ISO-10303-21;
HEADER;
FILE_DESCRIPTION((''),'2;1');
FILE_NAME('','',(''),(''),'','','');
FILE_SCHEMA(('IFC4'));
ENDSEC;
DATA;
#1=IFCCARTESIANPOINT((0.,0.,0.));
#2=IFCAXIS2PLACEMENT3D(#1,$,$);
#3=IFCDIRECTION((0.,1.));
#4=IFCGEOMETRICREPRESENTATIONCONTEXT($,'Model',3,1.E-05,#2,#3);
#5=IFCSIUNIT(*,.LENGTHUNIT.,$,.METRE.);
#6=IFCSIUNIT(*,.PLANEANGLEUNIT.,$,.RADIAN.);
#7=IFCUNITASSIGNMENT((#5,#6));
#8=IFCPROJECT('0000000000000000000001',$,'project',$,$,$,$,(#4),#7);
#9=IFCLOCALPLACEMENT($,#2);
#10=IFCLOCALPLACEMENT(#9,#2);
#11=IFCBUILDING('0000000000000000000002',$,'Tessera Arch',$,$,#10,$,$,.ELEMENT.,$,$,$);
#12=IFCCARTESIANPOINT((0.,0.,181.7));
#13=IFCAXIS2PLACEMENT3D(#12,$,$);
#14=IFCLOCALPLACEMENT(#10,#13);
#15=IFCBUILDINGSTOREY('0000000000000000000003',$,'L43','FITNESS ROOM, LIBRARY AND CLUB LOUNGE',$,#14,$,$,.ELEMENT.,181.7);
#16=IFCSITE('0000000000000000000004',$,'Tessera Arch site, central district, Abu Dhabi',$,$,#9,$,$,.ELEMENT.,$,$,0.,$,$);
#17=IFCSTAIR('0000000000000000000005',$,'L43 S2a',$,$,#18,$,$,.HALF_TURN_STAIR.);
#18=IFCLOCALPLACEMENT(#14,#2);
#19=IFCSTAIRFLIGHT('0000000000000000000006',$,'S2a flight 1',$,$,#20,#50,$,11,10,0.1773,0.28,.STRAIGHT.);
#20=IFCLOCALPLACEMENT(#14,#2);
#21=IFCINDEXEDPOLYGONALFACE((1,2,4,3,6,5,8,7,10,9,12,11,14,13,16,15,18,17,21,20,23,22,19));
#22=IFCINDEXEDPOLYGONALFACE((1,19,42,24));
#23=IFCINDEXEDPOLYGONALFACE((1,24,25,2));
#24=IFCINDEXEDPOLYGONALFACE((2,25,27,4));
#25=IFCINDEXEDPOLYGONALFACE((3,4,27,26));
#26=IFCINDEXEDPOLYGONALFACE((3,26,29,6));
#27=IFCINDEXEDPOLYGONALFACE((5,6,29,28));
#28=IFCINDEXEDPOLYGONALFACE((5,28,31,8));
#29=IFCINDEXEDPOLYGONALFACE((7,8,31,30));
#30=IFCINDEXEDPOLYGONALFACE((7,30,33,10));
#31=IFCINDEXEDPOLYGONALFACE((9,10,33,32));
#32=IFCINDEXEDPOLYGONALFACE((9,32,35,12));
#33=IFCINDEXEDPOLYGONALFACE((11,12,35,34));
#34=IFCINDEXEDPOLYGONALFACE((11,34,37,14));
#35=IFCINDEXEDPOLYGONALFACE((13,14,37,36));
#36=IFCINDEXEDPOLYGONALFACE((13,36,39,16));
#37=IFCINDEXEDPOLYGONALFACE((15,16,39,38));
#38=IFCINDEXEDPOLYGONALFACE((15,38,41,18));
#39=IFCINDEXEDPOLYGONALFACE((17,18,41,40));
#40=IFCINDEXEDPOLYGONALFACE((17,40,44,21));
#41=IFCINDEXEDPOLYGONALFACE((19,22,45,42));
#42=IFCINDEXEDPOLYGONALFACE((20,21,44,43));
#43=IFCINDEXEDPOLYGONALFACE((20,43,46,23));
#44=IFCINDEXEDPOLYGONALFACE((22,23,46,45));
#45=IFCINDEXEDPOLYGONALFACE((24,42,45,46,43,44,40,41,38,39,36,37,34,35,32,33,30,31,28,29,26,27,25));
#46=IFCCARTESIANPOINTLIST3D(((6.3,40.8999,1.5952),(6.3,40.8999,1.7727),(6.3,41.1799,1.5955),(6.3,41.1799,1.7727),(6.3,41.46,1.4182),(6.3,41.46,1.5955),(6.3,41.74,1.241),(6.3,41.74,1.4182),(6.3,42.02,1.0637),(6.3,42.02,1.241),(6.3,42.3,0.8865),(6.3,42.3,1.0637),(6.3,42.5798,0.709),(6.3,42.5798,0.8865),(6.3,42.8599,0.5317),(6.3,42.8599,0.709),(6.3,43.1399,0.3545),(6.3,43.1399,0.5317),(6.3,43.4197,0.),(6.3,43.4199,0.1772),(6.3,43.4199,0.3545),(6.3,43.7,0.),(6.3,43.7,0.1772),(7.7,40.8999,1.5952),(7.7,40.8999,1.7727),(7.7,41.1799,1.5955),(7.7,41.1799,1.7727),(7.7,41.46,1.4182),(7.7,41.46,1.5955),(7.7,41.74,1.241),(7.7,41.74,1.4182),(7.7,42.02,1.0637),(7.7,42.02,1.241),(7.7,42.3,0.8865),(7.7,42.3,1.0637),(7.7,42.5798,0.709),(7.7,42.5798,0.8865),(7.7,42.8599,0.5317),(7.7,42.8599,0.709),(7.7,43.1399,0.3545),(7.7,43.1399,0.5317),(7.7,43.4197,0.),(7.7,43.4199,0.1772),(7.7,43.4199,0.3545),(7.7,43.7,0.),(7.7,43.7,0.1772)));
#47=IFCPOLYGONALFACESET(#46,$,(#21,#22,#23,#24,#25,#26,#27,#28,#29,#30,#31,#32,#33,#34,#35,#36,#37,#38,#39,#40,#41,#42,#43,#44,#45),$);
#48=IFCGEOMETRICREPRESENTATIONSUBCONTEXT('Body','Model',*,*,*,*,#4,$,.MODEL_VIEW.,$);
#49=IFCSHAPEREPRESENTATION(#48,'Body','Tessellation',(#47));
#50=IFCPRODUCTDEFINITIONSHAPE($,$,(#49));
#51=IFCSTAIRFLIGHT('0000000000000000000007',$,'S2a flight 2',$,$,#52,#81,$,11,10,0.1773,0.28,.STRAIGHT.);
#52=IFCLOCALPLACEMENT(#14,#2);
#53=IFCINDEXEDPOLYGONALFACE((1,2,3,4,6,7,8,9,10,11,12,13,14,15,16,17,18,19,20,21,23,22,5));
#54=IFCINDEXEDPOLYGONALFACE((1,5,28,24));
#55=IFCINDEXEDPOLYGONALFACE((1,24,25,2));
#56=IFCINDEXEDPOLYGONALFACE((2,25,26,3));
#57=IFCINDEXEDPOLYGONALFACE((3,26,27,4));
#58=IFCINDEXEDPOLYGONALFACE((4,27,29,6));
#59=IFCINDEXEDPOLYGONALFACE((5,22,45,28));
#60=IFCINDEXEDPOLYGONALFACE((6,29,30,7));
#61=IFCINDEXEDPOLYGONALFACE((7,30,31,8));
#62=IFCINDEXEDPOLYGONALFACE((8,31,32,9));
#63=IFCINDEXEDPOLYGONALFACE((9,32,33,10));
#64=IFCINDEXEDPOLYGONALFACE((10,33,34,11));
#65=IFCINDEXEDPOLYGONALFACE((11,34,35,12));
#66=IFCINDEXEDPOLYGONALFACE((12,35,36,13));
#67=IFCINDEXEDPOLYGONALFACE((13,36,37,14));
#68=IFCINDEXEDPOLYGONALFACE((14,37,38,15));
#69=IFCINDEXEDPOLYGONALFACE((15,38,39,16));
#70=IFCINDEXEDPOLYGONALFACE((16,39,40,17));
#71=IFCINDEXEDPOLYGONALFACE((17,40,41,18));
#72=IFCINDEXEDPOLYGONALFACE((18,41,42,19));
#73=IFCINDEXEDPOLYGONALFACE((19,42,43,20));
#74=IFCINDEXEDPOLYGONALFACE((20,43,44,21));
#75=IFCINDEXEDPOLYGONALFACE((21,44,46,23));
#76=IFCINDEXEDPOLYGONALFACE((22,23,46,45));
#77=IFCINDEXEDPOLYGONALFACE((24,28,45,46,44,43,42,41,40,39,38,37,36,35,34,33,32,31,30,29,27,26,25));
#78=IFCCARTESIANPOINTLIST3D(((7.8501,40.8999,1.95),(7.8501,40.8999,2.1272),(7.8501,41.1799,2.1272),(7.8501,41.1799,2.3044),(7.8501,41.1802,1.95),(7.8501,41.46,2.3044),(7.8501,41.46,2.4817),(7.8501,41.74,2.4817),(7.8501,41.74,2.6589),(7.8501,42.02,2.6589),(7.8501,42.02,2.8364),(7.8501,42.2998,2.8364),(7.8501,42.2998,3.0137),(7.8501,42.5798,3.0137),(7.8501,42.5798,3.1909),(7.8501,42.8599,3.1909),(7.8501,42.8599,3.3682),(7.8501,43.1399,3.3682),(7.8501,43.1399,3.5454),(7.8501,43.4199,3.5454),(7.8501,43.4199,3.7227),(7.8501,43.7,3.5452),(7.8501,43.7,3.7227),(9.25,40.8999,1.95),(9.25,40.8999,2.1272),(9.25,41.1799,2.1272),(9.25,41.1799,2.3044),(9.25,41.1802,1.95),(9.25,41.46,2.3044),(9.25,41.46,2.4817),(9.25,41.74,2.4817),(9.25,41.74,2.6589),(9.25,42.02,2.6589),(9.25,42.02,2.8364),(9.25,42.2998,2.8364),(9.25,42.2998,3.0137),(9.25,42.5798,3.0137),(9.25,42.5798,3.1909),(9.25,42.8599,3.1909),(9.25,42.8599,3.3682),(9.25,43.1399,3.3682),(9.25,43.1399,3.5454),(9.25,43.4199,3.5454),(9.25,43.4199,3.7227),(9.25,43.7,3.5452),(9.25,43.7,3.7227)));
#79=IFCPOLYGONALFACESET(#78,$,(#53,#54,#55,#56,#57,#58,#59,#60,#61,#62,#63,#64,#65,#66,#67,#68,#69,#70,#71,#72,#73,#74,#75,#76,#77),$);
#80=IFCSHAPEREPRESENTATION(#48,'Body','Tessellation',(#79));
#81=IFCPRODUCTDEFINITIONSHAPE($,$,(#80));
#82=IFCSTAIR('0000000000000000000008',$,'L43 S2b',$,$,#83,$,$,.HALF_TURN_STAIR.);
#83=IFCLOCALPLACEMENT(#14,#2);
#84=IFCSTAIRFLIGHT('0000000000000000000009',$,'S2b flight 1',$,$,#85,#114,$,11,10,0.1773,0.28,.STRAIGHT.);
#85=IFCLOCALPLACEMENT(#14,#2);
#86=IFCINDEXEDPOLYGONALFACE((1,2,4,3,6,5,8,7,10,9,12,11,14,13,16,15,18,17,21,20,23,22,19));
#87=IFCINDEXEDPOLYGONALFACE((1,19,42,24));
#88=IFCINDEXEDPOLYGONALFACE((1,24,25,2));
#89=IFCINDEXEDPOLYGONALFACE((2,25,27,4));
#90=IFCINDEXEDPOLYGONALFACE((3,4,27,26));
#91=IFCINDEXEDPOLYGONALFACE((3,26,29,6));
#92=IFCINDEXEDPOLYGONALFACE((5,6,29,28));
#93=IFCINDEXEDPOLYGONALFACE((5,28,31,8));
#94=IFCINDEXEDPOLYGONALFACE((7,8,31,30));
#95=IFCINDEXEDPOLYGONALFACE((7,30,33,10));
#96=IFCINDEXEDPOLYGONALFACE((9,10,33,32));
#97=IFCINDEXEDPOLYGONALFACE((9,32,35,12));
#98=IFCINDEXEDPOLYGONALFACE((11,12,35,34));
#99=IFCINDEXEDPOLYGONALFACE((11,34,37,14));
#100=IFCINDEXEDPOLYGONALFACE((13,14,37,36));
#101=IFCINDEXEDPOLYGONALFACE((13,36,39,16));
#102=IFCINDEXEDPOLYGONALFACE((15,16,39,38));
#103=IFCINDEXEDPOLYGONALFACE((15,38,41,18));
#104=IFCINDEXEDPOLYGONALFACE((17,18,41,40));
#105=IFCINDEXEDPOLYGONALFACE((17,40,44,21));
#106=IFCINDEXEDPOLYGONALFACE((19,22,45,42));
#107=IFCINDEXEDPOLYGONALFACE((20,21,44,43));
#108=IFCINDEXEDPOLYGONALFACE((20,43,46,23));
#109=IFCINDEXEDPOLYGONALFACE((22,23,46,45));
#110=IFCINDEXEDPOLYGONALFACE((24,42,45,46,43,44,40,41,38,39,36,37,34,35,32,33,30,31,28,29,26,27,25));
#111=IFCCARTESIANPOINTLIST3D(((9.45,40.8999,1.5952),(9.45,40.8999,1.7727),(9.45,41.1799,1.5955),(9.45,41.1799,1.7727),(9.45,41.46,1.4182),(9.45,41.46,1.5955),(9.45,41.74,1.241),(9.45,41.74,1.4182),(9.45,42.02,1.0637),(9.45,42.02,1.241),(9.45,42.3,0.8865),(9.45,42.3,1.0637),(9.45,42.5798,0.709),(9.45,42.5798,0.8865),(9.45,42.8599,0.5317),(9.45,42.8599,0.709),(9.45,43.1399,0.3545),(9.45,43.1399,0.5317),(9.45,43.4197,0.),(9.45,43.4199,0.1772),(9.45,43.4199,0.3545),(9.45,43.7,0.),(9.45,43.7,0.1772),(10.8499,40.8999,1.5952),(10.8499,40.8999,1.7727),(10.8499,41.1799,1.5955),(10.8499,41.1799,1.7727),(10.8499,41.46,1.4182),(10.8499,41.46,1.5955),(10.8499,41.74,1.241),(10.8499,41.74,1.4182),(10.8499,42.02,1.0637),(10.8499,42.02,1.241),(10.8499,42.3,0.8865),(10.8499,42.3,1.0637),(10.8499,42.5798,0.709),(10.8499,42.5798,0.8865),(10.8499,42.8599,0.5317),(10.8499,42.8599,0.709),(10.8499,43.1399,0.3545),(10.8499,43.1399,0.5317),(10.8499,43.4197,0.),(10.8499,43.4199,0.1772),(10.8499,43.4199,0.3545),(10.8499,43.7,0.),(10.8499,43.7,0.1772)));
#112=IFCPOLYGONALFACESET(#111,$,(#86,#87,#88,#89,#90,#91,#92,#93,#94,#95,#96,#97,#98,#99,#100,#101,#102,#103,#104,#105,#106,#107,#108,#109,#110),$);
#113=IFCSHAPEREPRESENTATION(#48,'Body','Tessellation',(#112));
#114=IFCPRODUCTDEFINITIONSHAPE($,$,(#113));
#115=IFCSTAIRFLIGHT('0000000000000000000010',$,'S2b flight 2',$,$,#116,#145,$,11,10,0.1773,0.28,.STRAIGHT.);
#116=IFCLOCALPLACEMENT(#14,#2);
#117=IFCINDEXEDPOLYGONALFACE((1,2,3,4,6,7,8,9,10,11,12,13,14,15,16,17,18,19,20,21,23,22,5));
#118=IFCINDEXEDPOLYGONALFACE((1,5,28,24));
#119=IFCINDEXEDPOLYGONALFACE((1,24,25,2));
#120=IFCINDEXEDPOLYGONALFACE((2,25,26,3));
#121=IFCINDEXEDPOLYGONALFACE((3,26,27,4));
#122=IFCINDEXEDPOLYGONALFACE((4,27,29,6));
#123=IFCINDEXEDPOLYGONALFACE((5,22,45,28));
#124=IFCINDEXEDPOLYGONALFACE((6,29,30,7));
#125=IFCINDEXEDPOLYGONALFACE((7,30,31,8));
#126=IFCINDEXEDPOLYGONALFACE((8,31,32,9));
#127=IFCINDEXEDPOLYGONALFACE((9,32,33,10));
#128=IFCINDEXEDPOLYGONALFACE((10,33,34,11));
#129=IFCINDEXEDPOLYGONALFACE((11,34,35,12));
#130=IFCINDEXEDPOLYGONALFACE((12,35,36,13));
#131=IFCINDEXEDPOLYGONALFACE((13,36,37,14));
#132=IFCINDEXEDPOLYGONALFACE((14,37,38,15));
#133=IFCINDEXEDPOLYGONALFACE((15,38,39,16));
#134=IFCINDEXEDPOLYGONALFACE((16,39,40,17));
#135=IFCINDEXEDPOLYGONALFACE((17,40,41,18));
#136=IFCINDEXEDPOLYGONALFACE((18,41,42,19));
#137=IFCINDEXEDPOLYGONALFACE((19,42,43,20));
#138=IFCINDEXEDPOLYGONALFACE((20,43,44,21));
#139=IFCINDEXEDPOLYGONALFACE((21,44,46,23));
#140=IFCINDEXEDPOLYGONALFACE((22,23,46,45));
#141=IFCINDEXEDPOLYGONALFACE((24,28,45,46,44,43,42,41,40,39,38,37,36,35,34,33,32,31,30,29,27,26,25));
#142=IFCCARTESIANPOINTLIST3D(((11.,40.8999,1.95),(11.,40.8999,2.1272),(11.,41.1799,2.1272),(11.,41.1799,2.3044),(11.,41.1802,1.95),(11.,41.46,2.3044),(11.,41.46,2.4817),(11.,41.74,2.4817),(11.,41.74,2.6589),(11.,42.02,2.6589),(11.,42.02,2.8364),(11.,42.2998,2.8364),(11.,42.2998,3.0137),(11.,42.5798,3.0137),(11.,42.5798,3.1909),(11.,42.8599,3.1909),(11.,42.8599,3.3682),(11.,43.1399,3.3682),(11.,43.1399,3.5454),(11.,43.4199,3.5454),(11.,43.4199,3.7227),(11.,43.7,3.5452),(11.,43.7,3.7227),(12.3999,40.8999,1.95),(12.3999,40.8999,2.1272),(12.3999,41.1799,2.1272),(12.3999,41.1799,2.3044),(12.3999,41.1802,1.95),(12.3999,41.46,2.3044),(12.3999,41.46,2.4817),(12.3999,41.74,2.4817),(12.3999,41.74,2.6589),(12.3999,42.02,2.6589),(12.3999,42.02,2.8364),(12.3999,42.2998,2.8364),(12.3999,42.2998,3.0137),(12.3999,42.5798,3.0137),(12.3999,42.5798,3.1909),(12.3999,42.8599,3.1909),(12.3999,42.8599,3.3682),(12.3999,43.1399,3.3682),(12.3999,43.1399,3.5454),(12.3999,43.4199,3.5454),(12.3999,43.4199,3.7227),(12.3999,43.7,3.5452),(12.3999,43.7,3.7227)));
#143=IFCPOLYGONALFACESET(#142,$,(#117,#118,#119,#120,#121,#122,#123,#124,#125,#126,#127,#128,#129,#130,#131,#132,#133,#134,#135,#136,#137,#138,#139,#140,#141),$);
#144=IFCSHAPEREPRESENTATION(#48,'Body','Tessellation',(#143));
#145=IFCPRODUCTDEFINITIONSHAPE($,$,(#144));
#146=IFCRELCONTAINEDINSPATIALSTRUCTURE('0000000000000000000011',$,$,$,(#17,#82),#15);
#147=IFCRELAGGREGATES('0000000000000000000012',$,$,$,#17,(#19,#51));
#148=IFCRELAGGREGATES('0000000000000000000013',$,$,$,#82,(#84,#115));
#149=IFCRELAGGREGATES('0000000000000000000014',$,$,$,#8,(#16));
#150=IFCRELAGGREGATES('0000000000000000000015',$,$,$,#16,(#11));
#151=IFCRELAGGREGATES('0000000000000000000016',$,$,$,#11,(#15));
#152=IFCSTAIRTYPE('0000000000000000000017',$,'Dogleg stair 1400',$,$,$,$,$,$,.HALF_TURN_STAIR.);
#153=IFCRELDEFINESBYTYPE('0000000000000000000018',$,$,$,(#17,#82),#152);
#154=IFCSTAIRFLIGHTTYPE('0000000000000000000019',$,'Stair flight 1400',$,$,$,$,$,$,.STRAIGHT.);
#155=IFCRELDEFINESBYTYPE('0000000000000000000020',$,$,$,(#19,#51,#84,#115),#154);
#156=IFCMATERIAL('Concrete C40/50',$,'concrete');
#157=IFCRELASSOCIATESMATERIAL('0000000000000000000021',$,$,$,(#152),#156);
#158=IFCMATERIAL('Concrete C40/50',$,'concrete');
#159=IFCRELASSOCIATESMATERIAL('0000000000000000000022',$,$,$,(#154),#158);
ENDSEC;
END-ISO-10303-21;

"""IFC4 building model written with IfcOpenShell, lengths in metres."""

from ifc_helpers import new_model, si_unit, direction, frame, origin, place, context, subcontext, project, spatial, polyline, outline, extrude, material, type_object, element, aggregate, save


model = new_model("IFC4")

# Units and contexts
model_context = context("Model", 3, precision=1e-05, world=origin(), true_north=direction((0.0, 1.0)))
body_context = subcontext(model_context, "Body", "Model", "MODEL_VIEW")
ifc_project = project(units=[si_unit("LENGTHUNIT", "METRE"), si_unit("PLANEANGLEUNIT", "RADIAN")], contexts=[model_context])

# Site, building, storey
site_placement = place(None, origin())
site = spatial("IfcSite", under=ifc_project, at=site_placement, Name="Tessera Arch site, central district, Abu Dhabi", CompositionType="ELEMENT", RefElevation=0.0)
building_placement = place(site_placement, origin())
building = spatial("IfcBuilding", under=site, at=building_placement, Name="Tessera Arch", CompositionType="ELEMENT")
storey_placement = place(building_placement, frame((0.0, 0.0, 181.7)))
storey = spatial("IfcBuildingStorey", under=building, at=storey_placement, Name="L43", Description="FITNESS ROOM, LIBRARY AND CLUB LOUNGE", CompositionType="ELEMENT", Elevation=181.7)

# Stairs, stair flights
ifc_material_1 = material(Name="Concrete C40/50", Category="concrete")
stair_type = type_object("IfcStairType", Name="Dogleg stair 1400", PredefinedType="HALF_TURN_STAIR", material=ifc_material_1)
stair_1_placement = place(storey_placement, origin())
stair_1 = element("IfcStair", 1, at=stair_1_placement, inside=storey, type_object=stair_type, Name="L43 S2a", PredefinedType="HALF_TURN_STAIR")
ifc_material_2 = material(Name="Concrete C40/50", Category="concrete")
stair_flight_type = type_object("IfcStairFlightType", Name="Stair flight 1400", PredefinedType="STRAIGHT", material=ifc_material_2)
stair_flight_1_placement = place(storey_placement, frame((7.0, 43.7, 0.0), z_axis=(0.0, 0.0, 1.0), x_axis=(0.0, -1.0, 0.0)))
stair_flight_1 = element("IfcStairFlight", 2, at=stair_flight_1_placement, type_object=stair_flight_type, Name="S2a flight 1", NumberOfRisers=11, NumberOfTreads=10, PredefinedType="STRAIGHT", RiserHeight=0.1773, TreadLength=0.28, context=body_context, shape_type="SweptSolid", body=[
    extrude(outline(polyline([(0.0, 0.0), (0.0, 0.1772), (0.28, 0.1772), (0.28, 0.3545), (0.5601, 0.3545), (0.5601, 0.5317), (0.8401, 0.5317), (0.8401, 0.709), (1.1201, 0.709), (1.1201, 0.8865), (1.3999, 0.8865), (1.3999, 1.0637), (1.6799, 1.0637), (1.6799, 1.241), (1.96, 1.241), (1.96, 1.4182), (2.24, 1.4182), (2.24, 1.5955), (2.52, 1.5955), (2.52, 1.7727), (2.8, 1.7727), (2.8, 1.95), (2.8, 1.5952), (0.2803, 0.0), (0.0, 0.0)])), frame((0.0, 0.7, 0.0), z_axis=(0.0, -1.0, 0.0), x_axis=(1.0, 0.0, 0.0)), (0.0, 0.0, 1.0), 1.3999),
])
stair_flight_2_placement = place(storey_placement, frame((8.55, 40.8999, 1.95), z_axis=(0.0, 0.0, 1.0), x_axis=(0.0, 1.0, 0.0)))
stair_flight_2 = element("IfcStairFlight", 3, at=stair_flight_2_placement, type_object=stair_flight_type, Name="S2a flight 2", NumberOfRisers=11, NumberOfTreads=10, PredefinedType="STRAIGHT", RiserHeight=0.1773, TreadLength=0.28, context=body_context, shape_type="SweptSolid", body=[
    extrude(outline(polyline([(0.0, 0.0), (0.0, 0.1772), (0.28, 0.1772), (0.28, 0.3545), (0.5601, 0.3545), (0.5601, 0.5317), (0.8401, 0.5317), (0.8401, 0.709), (1.1201, 0.709), (1.1201, 0.8865), (1.3999, 0.8865), (1.3999, 1.0637), (1.6799, 1.0637), (1.6799, 1.241), (1.96, 1.241), (1.96, 1.4182), (2.24, 1.4182), (2.24, 1.5955), (2.52, 1.5955), (2.52, 1.7727), (2.8, 1.7727), (2.8, 1.95), (2.8, 1.5952), (0.2803, 0.0), (0.0, 0.0)])), frame((0.0, 0.7, 0.0), z_axis=(0.0, -1.0, 0.0), x_axis=(1.0, 0.0, 0.0)), (0.0, 0.0, 1.0), 1.3999),
])
aggregate(stair_1, [stair_flight_1, stair_flight_2])
stair_2_placement = place(storey_placement, origin())
stair_2 = element("IfcStair", 4, at=stair_2_placement, inside=storey, type_object=stair_type, Name="L43 S2b", PredefinedType="HALF_TURN_STAIR")
stair_flight_3_placement = place(storey_placement, frame((10.1499, 43.7, 0.0), z_axis=(0.0, 0.0, 1.0), x_axis=(0.0, -1.0, 0.0)))
stair_flight_3 = element("IfcStairFlight", 5, at=stair_flight_3_placement, type_object=stair_flight_type, Name="S2b flight 1", NumberOfRisers=11, NumberOfTreads=10, PredefinedType="STRAIGHT", RiserHeight=0.1773, TreadLength=0.28, context=body_context, shape_type="SweptSolid", body=[
    extrude(outline(polyline([(0.0, 0.0), (0.0, 0.1772), (0.28, 0.1772), (0.28, 0.3545), (0.5601, 0.3545), (0.5601, 0.5317), (0.8401, 0.5317), (0.8401, 0.709), (1.1201, 0.709), (1.1201, 0.8865), (1.3999, 0.8865), (1.3999, 1.0637), (1.6799, 1.0637), (1.6799, 1.241), (1.96, 1.241), (1.96, 1.4182), (2.24, 1.4182), (2.24, 1.5955), (2.52, 1.5955), (2.52, 1.7727), (2.8, 1.7727), (2.8, 1.95), (2.8, 1.5952), (0.2803, 0.0), (0.0, 0.0)])), frame((0.0, 0.7, 0.0), z_axis=(0.0, -1.0, 0.0), x_axis=(1.0, 0.0, 0.0)), (0.0, 0.0, 1.0), 1.3999),
])
stair_flight_4_placement = place(storey_placement, frame((11.7, 40.8999, 1.95), z_axis=(0.0, 0.0, 1.0), x_axis=(0.0, 1.0, 0.0)))
stair_flight_4 = element("IfcStairFlight", 6, at=stair_flight_4_placement, type_object=stair_flight_type, Name="S2b flight 2", NumberOfRisers=11, NumberOfTreads=10, PredefinedType="STRAIGHT", RiserHeight=0.1773, TreadLength=0.28, context=body_context, shape_type="SweptSolid", body=[
    extrude(outline(polyline([(0.0, 0.0), (0.0, 0.1772), (0.28, 0.1772), (0.28, 0.3545), (0.5601, 0.3545), (0.5601, 0.5317), (0.8401, 0.5317), (0.8401, 0.709), (1.1201, 0.709), (1.1201, 0.8865), (1.3999, 0.8865), (1.3999, 1.0637), (1.6799, 1.0637), (1.6799, 1.241), (1.96, 1.241), (1.96, 1.4182), (2.24, 1.4182), (2.24, 1.5955), (2.52, 1.5955), (2.52, 1.7727), (2.8, 1.7727), (2.8, 1.95), (2.8, 1.5952), (0.2803, 0.0), (0.0, 0.0)])), frame((0.0, 0.7, 0.0), z_axis=(0.0, -1.0, 0.0), x_axis=(1.0, 0.0, 0.0)), (0.0, 0.0, 1.0), 1.3999),
])
aggregate(stair_2, [stair_flight_3, stair_flight_4])

save(model, "model.ifc")
